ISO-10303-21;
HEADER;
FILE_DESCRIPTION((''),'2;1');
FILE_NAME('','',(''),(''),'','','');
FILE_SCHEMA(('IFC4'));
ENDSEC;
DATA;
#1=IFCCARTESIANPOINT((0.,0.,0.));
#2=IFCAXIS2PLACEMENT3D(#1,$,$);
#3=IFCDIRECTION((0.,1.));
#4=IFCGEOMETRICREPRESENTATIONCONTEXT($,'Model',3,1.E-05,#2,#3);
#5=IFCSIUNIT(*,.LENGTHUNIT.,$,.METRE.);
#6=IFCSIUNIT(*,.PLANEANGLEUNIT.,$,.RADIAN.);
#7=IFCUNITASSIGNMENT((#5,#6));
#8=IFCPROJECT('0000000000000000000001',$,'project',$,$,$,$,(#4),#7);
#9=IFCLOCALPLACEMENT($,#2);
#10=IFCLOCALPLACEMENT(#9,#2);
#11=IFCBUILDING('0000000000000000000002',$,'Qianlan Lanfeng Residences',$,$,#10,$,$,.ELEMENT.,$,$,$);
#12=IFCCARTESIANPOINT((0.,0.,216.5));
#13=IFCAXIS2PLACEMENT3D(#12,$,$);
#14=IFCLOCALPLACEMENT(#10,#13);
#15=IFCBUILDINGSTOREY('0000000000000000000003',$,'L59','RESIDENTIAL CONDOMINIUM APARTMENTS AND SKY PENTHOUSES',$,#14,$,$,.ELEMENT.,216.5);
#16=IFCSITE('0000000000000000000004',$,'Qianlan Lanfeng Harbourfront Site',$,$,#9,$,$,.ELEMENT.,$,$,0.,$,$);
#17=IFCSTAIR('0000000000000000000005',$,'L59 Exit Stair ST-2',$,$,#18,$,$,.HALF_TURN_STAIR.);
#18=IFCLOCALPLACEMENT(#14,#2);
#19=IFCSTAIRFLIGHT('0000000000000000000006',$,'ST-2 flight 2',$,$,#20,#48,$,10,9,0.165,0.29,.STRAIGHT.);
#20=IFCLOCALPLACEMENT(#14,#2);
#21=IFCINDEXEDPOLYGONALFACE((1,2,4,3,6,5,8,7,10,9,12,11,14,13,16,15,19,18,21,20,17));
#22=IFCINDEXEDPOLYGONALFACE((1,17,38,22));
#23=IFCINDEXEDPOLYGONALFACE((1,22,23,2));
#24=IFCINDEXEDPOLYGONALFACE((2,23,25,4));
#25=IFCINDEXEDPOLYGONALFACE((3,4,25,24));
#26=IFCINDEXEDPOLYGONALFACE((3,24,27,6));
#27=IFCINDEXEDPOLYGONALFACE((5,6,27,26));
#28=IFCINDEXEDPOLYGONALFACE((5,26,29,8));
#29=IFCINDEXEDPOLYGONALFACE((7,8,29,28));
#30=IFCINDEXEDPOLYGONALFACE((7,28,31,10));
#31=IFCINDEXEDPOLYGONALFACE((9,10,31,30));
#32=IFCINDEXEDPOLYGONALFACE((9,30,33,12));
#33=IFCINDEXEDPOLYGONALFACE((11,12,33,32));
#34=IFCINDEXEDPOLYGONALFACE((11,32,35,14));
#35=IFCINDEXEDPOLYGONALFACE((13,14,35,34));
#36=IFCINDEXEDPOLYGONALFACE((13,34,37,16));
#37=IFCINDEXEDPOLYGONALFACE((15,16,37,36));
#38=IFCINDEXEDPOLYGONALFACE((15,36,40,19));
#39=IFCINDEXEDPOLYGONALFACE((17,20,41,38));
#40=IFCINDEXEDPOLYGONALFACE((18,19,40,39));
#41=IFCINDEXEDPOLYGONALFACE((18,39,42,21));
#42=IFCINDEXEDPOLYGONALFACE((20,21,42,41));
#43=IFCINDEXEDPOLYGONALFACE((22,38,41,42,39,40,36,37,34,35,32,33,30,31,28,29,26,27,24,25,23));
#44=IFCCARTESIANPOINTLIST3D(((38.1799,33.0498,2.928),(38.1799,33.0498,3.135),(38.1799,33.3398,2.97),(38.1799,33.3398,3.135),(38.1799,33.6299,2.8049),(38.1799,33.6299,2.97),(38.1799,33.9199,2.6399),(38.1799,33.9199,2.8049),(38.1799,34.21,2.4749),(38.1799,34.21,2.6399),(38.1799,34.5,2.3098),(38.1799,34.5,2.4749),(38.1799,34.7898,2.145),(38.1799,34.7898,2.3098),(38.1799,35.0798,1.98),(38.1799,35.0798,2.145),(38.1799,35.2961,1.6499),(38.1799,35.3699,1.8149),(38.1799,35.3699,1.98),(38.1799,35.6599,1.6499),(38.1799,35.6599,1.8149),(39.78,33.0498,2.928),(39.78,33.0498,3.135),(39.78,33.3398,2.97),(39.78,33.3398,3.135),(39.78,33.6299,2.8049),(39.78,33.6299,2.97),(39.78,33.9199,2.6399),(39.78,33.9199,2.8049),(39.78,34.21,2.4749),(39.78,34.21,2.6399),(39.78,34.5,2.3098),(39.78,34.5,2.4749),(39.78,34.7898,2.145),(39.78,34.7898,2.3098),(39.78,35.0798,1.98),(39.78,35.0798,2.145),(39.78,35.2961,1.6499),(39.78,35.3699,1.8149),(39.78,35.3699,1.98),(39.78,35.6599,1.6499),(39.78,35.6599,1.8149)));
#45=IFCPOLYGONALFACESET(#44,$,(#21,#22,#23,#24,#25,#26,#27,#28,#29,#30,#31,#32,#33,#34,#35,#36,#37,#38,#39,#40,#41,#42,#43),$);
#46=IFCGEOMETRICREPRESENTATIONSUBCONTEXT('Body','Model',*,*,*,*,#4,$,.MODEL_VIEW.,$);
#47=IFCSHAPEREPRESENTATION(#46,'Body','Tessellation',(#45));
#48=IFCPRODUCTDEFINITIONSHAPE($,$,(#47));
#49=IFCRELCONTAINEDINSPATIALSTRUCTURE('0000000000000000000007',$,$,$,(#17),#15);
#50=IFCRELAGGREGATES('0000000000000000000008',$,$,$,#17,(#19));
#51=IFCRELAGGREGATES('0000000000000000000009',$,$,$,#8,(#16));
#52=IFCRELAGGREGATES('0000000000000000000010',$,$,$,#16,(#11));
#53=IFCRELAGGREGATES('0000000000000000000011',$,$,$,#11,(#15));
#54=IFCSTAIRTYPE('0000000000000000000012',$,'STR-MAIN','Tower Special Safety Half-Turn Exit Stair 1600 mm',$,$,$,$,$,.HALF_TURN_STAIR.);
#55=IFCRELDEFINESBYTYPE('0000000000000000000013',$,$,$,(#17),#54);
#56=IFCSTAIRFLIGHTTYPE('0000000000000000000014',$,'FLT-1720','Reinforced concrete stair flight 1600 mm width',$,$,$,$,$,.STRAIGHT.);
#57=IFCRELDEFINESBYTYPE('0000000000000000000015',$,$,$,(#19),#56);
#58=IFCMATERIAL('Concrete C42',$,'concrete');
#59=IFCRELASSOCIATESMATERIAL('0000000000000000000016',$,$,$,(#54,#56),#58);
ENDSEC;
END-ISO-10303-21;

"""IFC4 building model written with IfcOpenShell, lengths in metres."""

from ifc_helpers import new_model, si_unit, direction, frame, origin, place, context, subcontext, project, spatial, polyline, outline, extrude, material, type_object, element, aggregate, save


model = new_model("IFC4")

# Units and contexts
model_context = context("Model", 3, precision=1e-05, world=origin(), true_north=direction((0.0, 1.0)))
body_context = subcontext(model_context, "Body", "Model", "MODEL_VIEW")
ifc_project = project(units=[si_unit("LENGTHUNIT", "METRE"), si_unit("PLANEANGLEUNIT", "RADIAN")], contexts=[model_context])

# Site, building, storey
site_placement = place(None, origin())
site = spatial("IfcSite", under=ifc_project, at=site_placement, Name="Qianlan Lanfeng Harbourfront Site", CompositionType="ELEMENT", RefElevation=0.0)
building_placement = place(site_placement, origin())
building = spatial("IfcBuilding", under=site, at=building_placement, Name="Qianlan Lanfeng Residences", CompositionType="ELEMENT")
storey_placement = place(building_placement, frame((0.0, 0.0, 216.5)))
storey = spatial("IfcBuildingStorey", under=building, at=storey_placement, Name="L59", Description="RESIDENTIAL CONDOMINIUM APARTMENTS AND SKY PENTHOUSES", CompositionType="ELEMENT", Elevation=216.5)

# Shared definitions
ifc_material_1 = material(Name="Concrete C42", Category="concrete")

# Stair, stair flight
stair_type = type_object("IfcStairType", Name="STR-MAIN", Description="Tower Special Safety Half-Turn Exit Stair 1600 mm", PredefinedType="HALF_TURN_STAIR", material=ifc_material_1)
stair_placement = place(storey_placement, origin())
stair = element("IfcStair", 1, at=stair_placement, inside=storey, type_object=stair_type, Name="L59 Exit Stair ST-2", PredefinedType="HALF_TURN_STAIR")
stair_flight_type = type_object("IfcStairFlightType", Name="FLT-1720", Description="Reinforced concrete stair flight 1600 mm width", PredefinedType="STRAIGHT", material=ifc_material_1)
stair_flight_1_placement = place(storey_placement, frame((38.98, 35.6599, 1.6499), z_axis=(0.0, 0.0, 1.0), x_axis=(0.0, -1.0, 0.0)))
stair_flight_1 = element("IfcStairFlight", 2, at=stair_flight_1_placement, type_object=stair_flight_type, Name="ST-2 flight 2", NumberOfRisers=10, NumberOfTreads=9, PredefinedType="STRAIGHT", RiserHeight=0.165, TreadLength=0.29, context=body_context, shape_type="SweptSolid", body=[
    extrude(outline(polyline([(0.0, 0.0), (0.0, 0.165), (0.29, 0.165), (0.29, 0.3301), (0.5801, 0.3301), (0.5801, 0.4951), (0.8701, 0.4951), (0.8701, 0.6599), (1.1599, 0.6599), (1.1599, 0.825), (1.45, 0.825), (1.45, 0.99), (1.74, 0.99), (1.74, 1.155), (2.03, 1.155), (2.03, 1.3201), (2.3201, 1.3201), (2.3201, 1.4851), (2.6101, 1.4851), (2.6101, 1.6499), (2.6101, 1.2781), (0.3638, 0.0), (0.0, 0.0)])), frame((0.0, 0.8, 0.0), z_axis=(0.0, -1.0, 0.0), x_axis=(1.0, 0.0, 0.0)), (0.0, 0.0, 1.0), 1.6001),
])
aggregate(stair, [stair_flight_1])

save(model, "model.ifc")
